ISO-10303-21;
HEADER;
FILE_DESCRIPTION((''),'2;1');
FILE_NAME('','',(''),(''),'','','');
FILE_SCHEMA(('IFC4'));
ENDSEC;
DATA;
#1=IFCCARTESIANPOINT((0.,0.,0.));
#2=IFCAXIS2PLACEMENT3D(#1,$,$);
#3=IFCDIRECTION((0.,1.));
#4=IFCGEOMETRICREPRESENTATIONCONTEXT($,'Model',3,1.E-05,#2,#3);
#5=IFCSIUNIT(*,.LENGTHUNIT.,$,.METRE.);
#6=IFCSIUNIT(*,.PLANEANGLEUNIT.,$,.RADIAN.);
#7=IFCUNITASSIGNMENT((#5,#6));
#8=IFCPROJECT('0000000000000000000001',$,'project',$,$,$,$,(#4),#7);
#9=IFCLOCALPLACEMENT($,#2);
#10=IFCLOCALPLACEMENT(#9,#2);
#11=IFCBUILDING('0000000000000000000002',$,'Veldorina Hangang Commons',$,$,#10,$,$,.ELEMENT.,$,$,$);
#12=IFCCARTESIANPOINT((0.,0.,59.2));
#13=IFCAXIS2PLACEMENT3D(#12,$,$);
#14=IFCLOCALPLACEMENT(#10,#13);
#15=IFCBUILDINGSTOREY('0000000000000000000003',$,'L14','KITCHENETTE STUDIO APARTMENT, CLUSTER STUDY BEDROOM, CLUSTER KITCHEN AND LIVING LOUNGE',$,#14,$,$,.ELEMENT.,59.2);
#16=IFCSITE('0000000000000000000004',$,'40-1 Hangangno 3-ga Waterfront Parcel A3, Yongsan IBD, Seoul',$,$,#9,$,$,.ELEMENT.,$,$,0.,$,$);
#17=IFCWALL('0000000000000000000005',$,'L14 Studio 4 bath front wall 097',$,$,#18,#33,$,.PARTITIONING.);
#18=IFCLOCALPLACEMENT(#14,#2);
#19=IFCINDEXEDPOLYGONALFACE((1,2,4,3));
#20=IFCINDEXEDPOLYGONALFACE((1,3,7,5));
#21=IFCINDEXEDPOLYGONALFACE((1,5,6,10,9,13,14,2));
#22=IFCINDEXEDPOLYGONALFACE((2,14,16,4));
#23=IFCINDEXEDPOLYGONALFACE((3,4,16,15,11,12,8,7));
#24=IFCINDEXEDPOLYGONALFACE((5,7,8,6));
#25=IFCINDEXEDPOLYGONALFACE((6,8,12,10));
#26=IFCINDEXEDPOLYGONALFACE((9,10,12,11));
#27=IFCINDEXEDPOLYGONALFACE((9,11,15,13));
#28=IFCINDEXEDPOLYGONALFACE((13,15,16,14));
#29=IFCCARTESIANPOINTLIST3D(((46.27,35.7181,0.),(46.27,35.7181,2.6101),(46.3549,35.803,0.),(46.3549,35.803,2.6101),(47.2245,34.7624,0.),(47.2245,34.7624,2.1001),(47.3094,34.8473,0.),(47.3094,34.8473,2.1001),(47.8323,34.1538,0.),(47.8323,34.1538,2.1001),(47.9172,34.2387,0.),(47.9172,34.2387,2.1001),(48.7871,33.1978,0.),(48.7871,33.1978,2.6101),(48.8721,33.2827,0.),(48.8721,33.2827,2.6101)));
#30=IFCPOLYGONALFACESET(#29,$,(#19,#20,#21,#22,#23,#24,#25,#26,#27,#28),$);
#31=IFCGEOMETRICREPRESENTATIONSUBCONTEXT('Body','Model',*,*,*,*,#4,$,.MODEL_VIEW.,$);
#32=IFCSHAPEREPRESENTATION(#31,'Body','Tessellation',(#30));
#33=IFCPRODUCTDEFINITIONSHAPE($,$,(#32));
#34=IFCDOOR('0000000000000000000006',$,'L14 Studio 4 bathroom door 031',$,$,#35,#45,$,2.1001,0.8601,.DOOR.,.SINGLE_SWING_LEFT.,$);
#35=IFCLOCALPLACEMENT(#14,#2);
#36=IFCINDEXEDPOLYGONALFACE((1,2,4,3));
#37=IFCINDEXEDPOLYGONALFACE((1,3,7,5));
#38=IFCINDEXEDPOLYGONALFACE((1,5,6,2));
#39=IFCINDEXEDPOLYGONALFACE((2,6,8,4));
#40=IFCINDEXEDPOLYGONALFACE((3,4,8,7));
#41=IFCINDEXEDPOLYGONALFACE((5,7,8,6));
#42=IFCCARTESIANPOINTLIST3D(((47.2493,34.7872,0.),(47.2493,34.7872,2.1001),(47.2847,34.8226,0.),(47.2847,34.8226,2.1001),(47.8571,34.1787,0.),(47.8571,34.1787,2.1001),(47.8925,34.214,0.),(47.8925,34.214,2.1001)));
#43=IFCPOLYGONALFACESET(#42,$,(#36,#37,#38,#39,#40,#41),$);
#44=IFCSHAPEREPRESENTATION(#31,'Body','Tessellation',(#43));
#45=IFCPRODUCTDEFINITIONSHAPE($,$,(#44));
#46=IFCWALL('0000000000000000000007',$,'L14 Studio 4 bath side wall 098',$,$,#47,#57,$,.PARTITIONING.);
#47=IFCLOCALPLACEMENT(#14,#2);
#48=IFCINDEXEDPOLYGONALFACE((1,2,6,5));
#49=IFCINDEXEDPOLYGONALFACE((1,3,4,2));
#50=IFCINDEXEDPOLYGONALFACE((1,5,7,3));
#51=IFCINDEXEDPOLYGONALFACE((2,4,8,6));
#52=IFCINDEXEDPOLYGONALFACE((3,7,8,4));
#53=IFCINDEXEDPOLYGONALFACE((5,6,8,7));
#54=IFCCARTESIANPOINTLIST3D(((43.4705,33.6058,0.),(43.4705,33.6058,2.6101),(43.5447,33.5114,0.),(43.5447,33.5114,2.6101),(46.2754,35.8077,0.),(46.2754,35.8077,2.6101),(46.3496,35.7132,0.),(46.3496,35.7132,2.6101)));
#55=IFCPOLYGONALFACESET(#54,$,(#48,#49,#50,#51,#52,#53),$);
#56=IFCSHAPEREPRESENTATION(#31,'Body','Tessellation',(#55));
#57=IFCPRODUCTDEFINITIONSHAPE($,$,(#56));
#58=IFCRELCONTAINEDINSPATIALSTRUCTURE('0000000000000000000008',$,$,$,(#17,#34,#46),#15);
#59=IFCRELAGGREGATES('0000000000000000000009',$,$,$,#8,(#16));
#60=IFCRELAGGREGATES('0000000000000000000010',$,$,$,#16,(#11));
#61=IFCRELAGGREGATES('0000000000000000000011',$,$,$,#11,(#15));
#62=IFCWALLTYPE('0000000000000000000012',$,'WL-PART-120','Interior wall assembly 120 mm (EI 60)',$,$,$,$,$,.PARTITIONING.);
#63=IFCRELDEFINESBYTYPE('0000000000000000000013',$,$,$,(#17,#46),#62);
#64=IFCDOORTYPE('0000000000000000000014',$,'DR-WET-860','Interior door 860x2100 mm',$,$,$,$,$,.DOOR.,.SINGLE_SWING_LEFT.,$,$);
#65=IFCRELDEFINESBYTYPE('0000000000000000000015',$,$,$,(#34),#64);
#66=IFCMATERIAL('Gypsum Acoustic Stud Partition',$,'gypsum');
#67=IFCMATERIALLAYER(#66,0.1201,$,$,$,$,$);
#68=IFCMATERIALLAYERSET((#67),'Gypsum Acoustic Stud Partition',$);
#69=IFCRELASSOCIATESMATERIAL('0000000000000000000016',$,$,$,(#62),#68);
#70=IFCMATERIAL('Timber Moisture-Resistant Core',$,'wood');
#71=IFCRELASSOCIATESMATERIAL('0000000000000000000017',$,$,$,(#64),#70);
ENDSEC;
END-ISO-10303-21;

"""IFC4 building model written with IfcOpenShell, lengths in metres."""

from ifc_helpers import new_model, si_unit, direction, frame, frame_2d, origin, place, context, subcontext, project, spatial, rectangle, extrude, material, layer, layer_set, type_object, element, fill, save


model = new_model("IFC4")

# Units and contexts
model_context = context("Model", 3, precision=1e-05, world=origin(), true_north=direction((0.0, 1.0)))
body_context = subcontext(model_context, "Body", "Model", "MODEL_VIEW")
ifc_project = project(units=[si_unit("LENGTHUNIT", "METRE"), si_unit("PLANEANGLEUNIT", "RADIAN")], contexts=[model_context])

# Site, building, storey
site_placement = place(None, origin())
site = spatial("IfcSite", under=ifc_project, at=site_placement, Name="40-1 Hangangno 3-ga Waterfront Parcel A3, Yongsan IBD, Seoul", CompositionType="ELEMENT", RefElevation=0.0)
building_placement = place(site_placement, origin())
building = spatial("IfcBuilding", under=site, at=building_placement, Name="Veldorina Hangang Commons", CompositionType="ELEMENT")
storey_placement = place(building_placement, frame((0.0, 0.0, 59.2)))
storey = spatial("IfcBuildingStorey", under=building, at=storey_placement, Name="L14", Description="KITCHENETTE STUDIO APARTMENT, CLUSTER STUDY BEDROOM, CLUSTER KITCHEN AND LIVING LOUNGE", CompositionType="ELEMENT", Elevation=59.2)

# Wall, opening, door
ifc_material_1 = material(Name="Gypsum Acoustic Stud Partition", Category="gypsum")
ifc_layer_1 = layer(ifc_material_1, 0.1201)
ifc_layer_set_1 = layer_set([ifc_layer_1], Name="Gypsum Acoustic Stud Partition")
wall_type_1 = type_object("IfcWallType", Name="WL-PART-120", Description="Interior wall assembly 120 mm (EI 60)", PredefinedType="PARTITIONING", material=ifc_layer_set_1)
wall_1_placement = place(storey_placement, frame((48.8296, 33.2402, 0.0), z_axis=(0.0, 0.0, 1.0), x_axis=(-0.706661, 0.707552, 0.0)))
wall_1 = element("IfcWall", 1, at=wall_1_placement, inside=storey, type_object=wall_type_1, Name="L14 Studio 4 bath front wall 097", PredefinedType="PARTITIONING", context=body_context, shape_type="SweptSolid", body=[
    extrude(rectangle(XDim=3.562, YDim=0.1201, at=frame_2d((1.781, 0.0))), origin(), (0.0, 0.0, 1.0), 2.6101),
])
opening_1_placement = place(wall_1_placement, frame((1.3511, 0.0, 0.0)))
opening_1 = element("IfcOpeningElement", 2, at=opening_1_placement, cuts=wall_1, PredefinedType="OPENING", context=body_context, shape_type="SweptSolid", body=[
    extrude(rectangle(XDim=0.8601, YDim=2.1001, at=frame_2d((0.4302, 1.05))), frame((0.0, 0.0701, 0.0), z_axis=(0.0, -1.0, 0.0), x_axis=(1.0, 0.0, 0.0)), (0.0, 0.0, 1.0), 0.1401),
])
ifc_material_2 = material(Name="Timber Moisture-Resistant Core", Category="wood")
door_type_1 = type_object("IfcDoorType", Name="DR-WET-860", Description="Interior door 860x2100 mm", OperationType="SINGLE_SWING_LEFT", PredefinedType="DOOR", material=ifc_material_2)
door_1_placement = place(opening_1_placement, origin())
door_1 = element("IfcDoor", 3, at=door_1_placement, inside=storey, type_object=door_type_1, Name="L14 Studio 4 bathroom door 031", OperationType="SINGLE_SWING_LEFT", OverallHeight=2.1001, OverallWidth=0.8601, PredefinedType="DOOR", context=body_context, shape_type="SweptSolid", body=[
    extrude(rectangle(XDim=0.8601, YDim=2.1001, at=frame_2d((0.4302, 1.05))), frame((0.0, 0.0249, 0.0), z_axis=(0.0, -1.0, 0.0), x_axis=(1.0, 0.0, 0.0)), (0.0, 0.0, 1.0), 0.05),
])
fill(opening_1, door_1)

# Wall
wall_2_placement = place(storey_placement, frame((43.5076, 33.5586, 0.0), z_axis=(0.0, 0.0, 1.0), x_axis=(0.786587, 0.61748, 0.0)))
element("IfcWall", 4, at=wall_2_placement, inside=storey, type_object=wall_type_1, Name="L14 Studio 4 bath side wall 098", PredefinedType="PARTITIONING", context=body_context, shape_type="SweptSolid", body=[
    extrude(rectangle(XDim=3.5659, YDim=0.1201, at=frame_2d((1.783, 0.0))), origin(), (0.0, 0.0, 1.0), 2.6101),
])

save(model, "model.ifc")
